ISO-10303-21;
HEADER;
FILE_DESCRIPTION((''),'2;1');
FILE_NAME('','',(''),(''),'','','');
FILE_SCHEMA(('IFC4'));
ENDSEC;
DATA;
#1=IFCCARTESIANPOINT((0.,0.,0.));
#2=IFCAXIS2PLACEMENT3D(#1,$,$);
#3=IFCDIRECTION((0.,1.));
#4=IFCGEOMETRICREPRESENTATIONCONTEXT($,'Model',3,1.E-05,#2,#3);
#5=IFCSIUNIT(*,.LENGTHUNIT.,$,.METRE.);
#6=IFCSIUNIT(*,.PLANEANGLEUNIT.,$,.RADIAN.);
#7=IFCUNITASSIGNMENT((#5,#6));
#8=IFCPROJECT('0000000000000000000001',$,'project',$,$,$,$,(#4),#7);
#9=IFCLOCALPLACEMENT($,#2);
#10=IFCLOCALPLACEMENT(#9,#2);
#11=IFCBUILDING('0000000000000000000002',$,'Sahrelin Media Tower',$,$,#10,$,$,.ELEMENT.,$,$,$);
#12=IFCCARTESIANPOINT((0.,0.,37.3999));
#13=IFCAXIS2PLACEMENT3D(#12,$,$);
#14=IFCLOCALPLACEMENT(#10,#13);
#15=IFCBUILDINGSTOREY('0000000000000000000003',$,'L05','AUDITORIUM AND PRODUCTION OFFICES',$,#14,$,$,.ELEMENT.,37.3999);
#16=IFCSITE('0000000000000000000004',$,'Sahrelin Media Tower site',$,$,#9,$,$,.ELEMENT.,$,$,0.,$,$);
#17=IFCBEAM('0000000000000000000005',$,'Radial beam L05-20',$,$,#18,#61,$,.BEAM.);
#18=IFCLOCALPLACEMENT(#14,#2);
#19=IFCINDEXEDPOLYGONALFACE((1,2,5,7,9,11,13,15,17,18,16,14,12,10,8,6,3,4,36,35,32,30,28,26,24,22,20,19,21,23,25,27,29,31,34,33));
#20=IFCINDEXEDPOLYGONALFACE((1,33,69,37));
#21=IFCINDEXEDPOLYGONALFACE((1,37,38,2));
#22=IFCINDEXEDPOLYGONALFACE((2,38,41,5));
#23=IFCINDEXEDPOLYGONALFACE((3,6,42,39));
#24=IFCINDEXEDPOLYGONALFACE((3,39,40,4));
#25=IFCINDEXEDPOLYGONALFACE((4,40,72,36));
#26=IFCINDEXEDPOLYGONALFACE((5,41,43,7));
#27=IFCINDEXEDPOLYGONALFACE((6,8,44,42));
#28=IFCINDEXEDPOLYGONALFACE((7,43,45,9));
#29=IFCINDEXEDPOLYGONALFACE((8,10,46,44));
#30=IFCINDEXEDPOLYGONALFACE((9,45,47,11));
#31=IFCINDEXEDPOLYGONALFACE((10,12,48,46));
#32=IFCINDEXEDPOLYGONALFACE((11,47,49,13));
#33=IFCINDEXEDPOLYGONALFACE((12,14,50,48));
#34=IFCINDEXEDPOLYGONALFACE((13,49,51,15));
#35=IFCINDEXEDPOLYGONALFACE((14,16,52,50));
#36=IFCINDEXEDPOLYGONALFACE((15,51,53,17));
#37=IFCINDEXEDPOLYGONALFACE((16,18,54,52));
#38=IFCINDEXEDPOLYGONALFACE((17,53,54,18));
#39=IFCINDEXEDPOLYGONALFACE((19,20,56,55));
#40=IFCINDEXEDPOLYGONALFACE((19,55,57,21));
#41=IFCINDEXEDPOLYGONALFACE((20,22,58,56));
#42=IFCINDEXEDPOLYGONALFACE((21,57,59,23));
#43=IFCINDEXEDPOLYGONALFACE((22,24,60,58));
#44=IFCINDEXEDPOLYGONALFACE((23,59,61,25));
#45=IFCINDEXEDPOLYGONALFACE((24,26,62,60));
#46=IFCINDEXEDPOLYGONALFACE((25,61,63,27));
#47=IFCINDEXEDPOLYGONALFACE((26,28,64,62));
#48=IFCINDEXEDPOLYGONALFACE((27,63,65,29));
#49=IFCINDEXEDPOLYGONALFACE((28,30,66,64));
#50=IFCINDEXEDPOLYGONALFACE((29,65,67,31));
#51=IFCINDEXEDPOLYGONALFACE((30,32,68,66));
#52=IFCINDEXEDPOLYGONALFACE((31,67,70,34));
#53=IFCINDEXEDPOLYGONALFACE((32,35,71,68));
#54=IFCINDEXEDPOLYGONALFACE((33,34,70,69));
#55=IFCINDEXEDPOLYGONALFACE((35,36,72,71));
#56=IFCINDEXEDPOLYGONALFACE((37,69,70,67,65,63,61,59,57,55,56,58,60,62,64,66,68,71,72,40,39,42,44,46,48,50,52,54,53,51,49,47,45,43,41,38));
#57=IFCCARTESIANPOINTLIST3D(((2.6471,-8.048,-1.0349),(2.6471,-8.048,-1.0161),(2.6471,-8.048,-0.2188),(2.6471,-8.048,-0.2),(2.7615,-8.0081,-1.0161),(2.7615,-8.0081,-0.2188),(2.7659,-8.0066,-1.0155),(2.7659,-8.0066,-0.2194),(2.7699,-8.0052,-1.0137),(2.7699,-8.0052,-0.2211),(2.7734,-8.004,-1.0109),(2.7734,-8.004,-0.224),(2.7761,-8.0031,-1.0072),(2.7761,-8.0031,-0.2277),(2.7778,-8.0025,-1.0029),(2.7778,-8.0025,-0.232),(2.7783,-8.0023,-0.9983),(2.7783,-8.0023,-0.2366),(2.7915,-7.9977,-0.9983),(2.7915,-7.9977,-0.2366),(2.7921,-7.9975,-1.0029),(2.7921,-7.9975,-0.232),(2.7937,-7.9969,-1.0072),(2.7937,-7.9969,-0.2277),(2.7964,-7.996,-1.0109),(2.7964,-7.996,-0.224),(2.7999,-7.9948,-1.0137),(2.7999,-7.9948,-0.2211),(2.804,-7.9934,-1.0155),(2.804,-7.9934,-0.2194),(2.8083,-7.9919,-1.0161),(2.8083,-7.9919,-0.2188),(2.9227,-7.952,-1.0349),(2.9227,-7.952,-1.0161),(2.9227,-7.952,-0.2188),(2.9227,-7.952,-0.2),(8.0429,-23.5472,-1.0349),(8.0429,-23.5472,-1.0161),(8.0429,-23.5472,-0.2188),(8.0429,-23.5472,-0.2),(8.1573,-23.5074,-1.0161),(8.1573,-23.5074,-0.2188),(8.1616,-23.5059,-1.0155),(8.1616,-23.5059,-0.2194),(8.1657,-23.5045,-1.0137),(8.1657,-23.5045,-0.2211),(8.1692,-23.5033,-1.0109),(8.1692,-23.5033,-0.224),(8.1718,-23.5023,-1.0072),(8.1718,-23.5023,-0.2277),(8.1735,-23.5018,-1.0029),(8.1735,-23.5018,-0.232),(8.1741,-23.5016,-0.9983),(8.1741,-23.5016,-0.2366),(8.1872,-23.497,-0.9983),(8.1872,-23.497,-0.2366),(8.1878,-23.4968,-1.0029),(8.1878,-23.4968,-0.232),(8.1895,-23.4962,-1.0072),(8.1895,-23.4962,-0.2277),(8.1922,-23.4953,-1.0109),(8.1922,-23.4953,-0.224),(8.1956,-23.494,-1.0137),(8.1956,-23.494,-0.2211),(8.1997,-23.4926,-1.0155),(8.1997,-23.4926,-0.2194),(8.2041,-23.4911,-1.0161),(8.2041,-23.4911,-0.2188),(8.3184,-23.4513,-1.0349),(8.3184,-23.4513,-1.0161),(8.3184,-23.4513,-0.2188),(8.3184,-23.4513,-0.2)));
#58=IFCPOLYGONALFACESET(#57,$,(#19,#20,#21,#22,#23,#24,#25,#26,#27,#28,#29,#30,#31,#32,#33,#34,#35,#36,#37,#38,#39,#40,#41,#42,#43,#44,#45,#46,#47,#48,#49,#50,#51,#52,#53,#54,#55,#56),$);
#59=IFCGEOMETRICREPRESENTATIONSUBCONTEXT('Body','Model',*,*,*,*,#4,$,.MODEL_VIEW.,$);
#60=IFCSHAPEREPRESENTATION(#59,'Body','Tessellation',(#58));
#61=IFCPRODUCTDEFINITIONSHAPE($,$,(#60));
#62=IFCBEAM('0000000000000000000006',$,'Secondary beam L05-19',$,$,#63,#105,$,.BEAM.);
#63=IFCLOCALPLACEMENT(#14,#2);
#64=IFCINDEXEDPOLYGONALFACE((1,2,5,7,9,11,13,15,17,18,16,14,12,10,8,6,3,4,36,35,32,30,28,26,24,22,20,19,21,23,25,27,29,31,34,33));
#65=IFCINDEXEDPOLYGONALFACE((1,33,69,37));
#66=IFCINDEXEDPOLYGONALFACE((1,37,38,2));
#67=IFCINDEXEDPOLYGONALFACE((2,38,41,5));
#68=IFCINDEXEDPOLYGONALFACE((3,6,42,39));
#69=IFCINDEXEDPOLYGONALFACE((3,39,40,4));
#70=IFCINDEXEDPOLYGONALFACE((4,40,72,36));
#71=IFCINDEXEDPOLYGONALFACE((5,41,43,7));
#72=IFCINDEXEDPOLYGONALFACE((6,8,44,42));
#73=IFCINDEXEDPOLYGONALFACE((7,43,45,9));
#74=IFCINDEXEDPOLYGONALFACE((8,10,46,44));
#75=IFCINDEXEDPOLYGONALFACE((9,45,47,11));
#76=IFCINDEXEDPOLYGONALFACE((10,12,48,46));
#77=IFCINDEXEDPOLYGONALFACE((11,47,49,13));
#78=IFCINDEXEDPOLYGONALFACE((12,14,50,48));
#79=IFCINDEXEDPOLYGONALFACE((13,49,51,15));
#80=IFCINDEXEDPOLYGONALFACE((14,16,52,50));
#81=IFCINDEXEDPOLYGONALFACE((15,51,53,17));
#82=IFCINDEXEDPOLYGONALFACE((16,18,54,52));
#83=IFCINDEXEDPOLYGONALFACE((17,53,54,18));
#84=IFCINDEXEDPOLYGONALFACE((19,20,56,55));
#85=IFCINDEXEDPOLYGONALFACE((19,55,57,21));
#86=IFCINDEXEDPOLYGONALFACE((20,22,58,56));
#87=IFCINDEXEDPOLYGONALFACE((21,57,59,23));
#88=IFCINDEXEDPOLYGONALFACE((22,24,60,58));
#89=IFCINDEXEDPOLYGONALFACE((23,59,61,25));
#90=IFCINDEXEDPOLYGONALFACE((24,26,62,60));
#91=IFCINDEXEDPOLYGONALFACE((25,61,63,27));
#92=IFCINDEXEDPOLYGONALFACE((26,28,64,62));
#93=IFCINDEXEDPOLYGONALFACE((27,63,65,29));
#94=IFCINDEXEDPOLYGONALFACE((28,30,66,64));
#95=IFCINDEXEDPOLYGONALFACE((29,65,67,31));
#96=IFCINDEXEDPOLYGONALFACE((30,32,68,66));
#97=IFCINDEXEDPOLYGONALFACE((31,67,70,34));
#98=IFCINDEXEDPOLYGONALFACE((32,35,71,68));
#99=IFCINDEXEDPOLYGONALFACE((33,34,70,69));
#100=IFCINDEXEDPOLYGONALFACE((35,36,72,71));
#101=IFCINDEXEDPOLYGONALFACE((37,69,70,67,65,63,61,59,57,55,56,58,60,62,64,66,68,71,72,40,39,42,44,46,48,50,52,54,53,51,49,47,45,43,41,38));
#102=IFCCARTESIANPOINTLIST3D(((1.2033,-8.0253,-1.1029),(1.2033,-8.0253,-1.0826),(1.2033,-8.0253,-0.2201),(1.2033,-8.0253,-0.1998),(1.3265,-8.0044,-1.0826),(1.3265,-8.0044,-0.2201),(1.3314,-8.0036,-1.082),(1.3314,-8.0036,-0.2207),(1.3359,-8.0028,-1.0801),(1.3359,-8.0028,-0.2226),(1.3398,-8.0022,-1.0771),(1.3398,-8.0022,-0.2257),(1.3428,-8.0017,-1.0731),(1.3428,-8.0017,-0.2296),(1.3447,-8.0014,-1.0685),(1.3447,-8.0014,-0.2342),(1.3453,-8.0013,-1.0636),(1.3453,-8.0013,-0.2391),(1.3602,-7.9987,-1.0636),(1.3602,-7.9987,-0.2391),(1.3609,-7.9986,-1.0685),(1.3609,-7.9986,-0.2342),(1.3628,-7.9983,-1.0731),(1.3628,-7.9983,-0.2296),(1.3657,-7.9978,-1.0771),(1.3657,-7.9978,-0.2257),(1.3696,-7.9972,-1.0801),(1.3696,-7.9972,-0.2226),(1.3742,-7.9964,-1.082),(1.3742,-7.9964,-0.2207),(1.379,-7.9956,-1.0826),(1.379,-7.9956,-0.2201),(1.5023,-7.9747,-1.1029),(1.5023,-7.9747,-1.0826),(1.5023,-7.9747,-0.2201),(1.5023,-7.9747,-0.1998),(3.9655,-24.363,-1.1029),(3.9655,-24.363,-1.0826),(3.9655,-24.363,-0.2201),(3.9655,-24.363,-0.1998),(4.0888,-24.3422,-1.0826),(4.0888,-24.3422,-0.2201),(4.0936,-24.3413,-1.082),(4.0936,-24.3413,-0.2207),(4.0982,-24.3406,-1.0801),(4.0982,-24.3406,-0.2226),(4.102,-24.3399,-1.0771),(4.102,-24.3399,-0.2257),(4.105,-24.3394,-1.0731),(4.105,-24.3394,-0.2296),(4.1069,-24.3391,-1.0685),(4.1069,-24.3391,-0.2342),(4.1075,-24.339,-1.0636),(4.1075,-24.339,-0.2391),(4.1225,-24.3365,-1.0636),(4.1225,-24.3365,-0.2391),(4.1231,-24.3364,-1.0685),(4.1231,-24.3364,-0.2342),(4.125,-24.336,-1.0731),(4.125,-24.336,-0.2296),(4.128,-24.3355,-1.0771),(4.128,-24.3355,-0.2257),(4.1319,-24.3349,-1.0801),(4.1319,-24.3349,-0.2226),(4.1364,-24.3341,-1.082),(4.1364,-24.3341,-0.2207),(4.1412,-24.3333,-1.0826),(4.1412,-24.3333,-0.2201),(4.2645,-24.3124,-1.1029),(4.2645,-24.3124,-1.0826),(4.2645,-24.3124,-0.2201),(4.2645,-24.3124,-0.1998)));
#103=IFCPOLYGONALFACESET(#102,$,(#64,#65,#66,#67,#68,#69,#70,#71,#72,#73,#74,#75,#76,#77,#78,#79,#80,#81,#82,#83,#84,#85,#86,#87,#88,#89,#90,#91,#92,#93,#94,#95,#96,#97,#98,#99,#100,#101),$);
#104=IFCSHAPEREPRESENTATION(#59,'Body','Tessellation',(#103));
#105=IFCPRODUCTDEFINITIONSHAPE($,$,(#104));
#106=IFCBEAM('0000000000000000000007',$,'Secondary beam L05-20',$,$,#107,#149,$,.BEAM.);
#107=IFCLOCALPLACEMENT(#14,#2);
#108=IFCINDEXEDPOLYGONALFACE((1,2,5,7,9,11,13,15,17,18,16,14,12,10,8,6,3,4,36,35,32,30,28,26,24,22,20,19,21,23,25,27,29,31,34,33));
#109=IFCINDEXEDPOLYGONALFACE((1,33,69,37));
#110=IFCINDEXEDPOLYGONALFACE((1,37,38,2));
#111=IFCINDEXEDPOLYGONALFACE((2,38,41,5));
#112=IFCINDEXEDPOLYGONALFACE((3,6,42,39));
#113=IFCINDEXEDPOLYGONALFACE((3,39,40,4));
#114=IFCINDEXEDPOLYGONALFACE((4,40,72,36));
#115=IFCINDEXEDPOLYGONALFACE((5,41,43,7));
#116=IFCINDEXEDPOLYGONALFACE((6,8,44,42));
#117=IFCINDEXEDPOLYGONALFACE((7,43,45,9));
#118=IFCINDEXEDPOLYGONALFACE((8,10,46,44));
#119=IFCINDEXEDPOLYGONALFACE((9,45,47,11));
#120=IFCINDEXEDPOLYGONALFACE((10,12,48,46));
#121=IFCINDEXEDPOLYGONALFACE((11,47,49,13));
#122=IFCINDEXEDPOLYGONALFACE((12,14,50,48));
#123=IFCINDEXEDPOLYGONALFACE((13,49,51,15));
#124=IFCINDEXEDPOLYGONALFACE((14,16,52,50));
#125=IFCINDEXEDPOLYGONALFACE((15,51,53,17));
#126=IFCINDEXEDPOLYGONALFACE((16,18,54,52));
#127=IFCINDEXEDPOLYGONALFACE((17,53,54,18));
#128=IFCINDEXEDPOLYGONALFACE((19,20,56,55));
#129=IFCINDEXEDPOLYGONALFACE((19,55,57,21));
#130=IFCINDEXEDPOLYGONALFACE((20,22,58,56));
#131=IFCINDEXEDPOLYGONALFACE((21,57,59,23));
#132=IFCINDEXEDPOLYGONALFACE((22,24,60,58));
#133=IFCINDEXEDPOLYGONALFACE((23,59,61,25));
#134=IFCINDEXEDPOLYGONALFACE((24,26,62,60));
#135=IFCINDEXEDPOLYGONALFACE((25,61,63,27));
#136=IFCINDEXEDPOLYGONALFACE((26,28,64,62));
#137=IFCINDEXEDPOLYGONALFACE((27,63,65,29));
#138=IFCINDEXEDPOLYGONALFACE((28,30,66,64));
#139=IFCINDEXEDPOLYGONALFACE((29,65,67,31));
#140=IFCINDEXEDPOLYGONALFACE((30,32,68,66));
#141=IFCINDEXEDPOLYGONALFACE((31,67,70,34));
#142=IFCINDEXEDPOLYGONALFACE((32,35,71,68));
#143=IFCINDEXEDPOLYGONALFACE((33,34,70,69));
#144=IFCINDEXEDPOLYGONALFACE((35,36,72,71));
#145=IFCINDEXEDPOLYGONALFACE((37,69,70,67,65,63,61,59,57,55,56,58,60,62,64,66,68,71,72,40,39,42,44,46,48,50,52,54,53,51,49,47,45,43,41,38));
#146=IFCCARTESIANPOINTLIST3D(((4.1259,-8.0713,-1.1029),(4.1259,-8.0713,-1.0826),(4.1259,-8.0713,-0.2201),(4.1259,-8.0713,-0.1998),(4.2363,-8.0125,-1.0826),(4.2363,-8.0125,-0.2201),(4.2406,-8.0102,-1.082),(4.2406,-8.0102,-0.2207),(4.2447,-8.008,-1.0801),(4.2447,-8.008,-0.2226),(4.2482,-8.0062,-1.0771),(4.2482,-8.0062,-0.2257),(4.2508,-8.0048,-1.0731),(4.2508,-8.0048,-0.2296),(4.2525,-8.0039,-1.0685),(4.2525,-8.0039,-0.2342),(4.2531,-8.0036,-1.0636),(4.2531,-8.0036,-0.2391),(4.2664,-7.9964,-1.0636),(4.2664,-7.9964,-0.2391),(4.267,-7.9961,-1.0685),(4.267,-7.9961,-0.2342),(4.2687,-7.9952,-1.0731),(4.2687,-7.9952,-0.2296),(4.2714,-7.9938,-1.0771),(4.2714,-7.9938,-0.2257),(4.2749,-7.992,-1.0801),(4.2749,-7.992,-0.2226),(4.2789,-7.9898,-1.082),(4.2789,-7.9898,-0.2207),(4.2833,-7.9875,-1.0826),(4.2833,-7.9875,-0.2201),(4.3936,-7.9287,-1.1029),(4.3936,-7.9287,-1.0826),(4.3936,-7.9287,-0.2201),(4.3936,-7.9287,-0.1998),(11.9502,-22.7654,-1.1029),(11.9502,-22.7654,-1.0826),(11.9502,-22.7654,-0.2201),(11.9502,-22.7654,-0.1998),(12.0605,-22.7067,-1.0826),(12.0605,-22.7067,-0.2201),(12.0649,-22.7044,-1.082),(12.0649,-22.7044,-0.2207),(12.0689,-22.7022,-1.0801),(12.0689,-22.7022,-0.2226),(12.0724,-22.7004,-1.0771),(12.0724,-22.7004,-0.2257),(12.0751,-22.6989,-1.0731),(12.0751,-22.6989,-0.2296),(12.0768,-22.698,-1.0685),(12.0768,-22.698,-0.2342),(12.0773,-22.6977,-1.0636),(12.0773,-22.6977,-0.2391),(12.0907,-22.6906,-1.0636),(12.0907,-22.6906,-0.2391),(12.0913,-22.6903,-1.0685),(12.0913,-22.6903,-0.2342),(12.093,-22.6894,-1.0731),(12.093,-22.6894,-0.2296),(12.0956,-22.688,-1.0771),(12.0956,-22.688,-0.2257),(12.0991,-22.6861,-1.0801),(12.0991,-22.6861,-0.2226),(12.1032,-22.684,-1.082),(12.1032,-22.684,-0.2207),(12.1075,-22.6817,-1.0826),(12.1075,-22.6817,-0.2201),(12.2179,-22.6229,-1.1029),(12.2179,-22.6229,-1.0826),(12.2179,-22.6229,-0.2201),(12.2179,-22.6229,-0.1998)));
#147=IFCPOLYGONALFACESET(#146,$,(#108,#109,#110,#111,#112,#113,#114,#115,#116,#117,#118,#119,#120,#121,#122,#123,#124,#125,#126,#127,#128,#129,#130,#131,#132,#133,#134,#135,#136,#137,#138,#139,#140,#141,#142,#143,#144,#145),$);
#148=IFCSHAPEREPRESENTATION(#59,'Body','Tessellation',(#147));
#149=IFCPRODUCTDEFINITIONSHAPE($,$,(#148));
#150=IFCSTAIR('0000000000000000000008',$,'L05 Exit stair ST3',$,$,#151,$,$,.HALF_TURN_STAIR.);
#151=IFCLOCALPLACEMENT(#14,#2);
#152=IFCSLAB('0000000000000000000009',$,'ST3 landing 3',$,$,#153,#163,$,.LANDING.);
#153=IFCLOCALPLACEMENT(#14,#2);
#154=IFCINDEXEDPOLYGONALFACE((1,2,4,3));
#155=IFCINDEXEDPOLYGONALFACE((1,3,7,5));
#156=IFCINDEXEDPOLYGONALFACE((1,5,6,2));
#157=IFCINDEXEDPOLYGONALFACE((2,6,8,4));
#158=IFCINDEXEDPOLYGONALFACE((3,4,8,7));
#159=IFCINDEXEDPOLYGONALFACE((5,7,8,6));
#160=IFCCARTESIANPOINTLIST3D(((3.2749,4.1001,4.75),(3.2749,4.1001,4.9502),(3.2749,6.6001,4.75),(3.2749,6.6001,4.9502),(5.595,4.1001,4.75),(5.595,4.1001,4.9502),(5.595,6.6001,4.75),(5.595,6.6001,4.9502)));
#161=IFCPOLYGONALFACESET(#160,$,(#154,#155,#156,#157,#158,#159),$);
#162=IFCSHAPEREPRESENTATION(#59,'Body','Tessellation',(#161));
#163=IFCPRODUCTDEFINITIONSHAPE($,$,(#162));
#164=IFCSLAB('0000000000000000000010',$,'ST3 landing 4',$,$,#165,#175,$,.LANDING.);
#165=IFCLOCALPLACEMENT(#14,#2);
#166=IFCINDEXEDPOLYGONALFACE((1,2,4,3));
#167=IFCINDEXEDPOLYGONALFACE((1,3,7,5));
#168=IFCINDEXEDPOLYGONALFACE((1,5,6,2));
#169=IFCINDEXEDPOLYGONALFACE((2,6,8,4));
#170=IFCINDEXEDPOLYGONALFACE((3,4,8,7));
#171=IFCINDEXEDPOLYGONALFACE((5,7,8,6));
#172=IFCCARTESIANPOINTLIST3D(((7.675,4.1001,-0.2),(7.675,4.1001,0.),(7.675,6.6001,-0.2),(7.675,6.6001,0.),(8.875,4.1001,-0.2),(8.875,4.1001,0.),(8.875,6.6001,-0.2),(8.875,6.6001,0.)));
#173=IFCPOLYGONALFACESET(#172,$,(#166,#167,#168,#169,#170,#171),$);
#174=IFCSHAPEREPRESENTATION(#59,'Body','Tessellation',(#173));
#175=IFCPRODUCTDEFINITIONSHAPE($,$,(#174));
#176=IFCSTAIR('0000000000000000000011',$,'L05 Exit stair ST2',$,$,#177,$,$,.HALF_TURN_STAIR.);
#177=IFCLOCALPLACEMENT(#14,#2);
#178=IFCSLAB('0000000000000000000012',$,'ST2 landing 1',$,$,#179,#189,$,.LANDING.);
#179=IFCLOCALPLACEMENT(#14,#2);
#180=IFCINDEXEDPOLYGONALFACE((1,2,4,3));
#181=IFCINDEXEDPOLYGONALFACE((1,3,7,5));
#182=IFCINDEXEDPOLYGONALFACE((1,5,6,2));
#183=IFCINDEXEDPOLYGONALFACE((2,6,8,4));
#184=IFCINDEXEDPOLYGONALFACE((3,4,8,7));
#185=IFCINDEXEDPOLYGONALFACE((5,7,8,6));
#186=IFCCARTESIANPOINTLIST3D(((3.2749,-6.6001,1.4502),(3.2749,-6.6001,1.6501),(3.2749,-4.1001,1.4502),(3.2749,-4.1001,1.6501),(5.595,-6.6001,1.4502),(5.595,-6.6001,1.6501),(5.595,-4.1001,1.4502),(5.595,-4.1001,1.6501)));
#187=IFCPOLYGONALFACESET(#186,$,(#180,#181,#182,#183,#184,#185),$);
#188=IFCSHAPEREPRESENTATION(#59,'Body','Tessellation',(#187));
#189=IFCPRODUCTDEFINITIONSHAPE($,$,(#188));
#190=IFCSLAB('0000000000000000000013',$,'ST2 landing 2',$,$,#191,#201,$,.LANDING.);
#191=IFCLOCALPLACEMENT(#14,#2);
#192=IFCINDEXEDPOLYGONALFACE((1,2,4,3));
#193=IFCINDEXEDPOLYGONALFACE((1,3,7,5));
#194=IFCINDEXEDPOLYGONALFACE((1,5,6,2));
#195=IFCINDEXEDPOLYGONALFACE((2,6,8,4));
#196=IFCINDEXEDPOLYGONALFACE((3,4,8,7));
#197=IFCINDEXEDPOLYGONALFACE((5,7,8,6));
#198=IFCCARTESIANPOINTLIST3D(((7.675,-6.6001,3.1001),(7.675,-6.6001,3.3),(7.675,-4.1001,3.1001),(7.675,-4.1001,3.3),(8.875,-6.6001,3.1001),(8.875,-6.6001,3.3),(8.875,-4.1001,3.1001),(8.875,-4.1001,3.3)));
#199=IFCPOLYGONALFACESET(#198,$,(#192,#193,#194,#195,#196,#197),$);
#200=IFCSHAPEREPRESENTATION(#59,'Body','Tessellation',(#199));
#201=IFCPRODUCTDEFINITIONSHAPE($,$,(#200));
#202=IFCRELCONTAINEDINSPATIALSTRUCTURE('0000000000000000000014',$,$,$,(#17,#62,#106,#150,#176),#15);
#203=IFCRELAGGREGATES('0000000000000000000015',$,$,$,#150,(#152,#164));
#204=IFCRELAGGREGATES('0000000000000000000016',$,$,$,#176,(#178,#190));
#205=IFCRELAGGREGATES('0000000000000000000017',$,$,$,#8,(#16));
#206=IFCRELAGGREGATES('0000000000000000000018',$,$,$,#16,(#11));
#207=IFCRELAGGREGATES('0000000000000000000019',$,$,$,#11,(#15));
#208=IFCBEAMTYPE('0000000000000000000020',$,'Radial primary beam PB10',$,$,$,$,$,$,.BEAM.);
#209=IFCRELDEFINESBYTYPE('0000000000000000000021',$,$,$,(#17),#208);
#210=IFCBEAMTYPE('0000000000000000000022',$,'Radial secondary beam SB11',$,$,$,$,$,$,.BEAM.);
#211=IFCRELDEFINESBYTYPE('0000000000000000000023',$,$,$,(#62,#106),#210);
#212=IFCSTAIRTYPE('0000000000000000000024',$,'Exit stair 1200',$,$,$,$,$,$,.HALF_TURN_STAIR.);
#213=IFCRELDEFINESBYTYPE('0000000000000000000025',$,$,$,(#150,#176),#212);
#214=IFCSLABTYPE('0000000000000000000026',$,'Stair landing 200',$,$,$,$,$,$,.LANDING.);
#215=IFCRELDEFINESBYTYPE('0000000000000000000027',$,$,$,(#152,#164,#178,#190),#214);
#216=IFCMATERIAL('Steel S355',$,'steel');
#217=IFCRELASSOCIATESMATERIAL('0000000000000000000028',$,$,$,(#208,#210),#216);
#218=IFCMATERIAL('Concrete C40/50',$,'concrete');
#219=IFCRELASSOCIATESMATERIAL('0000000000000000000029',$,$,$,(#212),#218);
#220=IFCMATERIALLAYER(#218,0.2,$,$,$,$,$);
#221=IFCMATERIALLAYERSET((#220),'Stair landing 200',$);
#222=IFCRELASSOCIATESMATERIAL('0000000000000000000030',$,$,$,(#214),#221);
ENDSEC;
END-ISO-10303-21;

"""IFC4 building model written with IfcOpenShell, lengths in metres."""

from ifc_helpers import new_model, si_unit, direction, frame, origin, origin_2d, place, context, subcontext, project, spatial, polyline, i_section, outline, extrude, material, layer, layer_set, material_profile, profile_set, type_object, element, aggregate, save


model = new_model("IFC4")

# Units and contexts
model_context = context("Model", 3, precision=1e-05, world=origin(), true_north=direction((0.0, 1.0)))
body_context = subcontext(model_context, "Body", "Model", "MODEL_VIEW")
ifc_project = project(units=[si_unit("LENGTHUNIT", "METRE"), si_unit("PLANEANGLEUNIT", "RADIAN")], contexts=[model_context])

# Site, building, storey
site_placement = place(None, origin())
site = spatial("IfcSite", under=ifc_project, at=site_placement, Name="Sahrelin Media Tower site", CompositionType="ELEMENT", RefElevation=0.0)
building_placement = place(site_placement, origin())
building = spatial("IfcBuilding", under=site, at=building_placement, Name="Sahrelin Media Tower", CompositionType="ELEMENT")
storey_placement = place(building_placement, frame((0.0, 0.0, 37.3999)))
storey = spatial("IfcBuildingStorey", under=building, at=storey_placement, Name="L05", Description="AUDITORIUM AND PRODUCTION OFFICES", CompositionType="ELEMENT", Elevation=37.3999)

# Beams
ifc_material_1 = material(Name="Steel S355", Category="steel")
ifc_material_profile_1 = material_profile(ifc_material_1, i_section(OverallWidth=0.2917, OverallDepth=0.835, WebThickness=0.0139, FlangeThickness=0.0188, FilletRadius=0.0178, at=origin_2d()), Name="UB 838x292x176")
ifc_profile_set_1 = profile_set([ifc_material_profile_1], Name="Steel S355")
beam_type_1 = type_object("IfcBeamType", Name="Radial primary beam PB10", PredefinedType="BEAM", material=ifc_profile_set_1)
beam_1_placement = place(storey_placement, frame((2.7849, -8.0, -0.6174), z_axis=(0.328776, -0.944408, 0.0), x_axis=(0.944408, 0.328776, 0.0)))
element("IfcBeam", 1, at=beam_1_placement, inside=storey, type_object=beam_type_1, Name="Radial beam L05-20", PredefinedType="BEAM", context=body_context, shape_type="SweptSolid", body=[
    extrude(i_section(OverallWidth=0.2917, OverallDepth=0.835, WebThickness=0.0139, FlangeThickness=0.0188, FilletRadius=0.0178, at=origin_2d()), origin(), (0.0, 0.0, 1.0), 16.4116),
])
ifc_material_profile_2 = material_profile(ifc_material_1, i_section(OverallWidth=0.3032, OverallDepth=0.9031, WebThickness=0.0151, FlangeThickness=0.0203, FilletRadius=0.019, at=origin_2d()), Name="UB 914x305x201")
ifc_profile_set_2 = profile_set([ifc_material_profile_2], Name="Steel S355")
beam_type_2 = type_object("IfcBeamType", Name="Radial secondary beam SB11", PredefinedType="BEAM", material=ifc_profile_set_2)
beam_2_placement = place(storey_placement, frame((1.3528, -8.0, -0.6514), z_axis=(0.166704, -0.986007, 0.0), x_axis=(0.986007, 0.166704, 0.0)))
element("IfcBeam", 2, at=beam_2_placement, inside=storey, type_object=beam_type_2, Name="Secondary beam L05-19", PredefinedType="BEAM", context=body_context, shape_type="SweptSolid", body=[
    extrude(i_section(OverallWidth=0.3032, OverallDepth=0.9031, WebThickness=0.0151, FlangeThickness=0.0203, FilletRadius=0.019, at=origin_2d()), origin(), (0.0, 0.0, 1.0), 16.5696),
])
beam_3_placement = place(storey_placement, frame((4.2598, -8.0, -0.6514), z_axis=(0.469997, -0.882668, 0.0), x_axis=(0.882668, 0.469997, 0.0)))
element("IfcBeam", 3, at=beam_3_placement, inside=storey, type_object=beam_type_2, Name="Secondary beam L05-20", PredefinedType="BEAM", context=body_context, shape_type="SweptSolid", body=[
    extrude(i_section(OverallWidth=0.3032, OverallDepth=0.9031, WebThickness=0.0151, FlangeThickness=0.0203, FilletRadius=0.019, at=origin_2d()), origin(), (0.0, 0.0, 1.0), 16.6475),
])

# Stairs, slabs
ifc_material_2 = material(Name="Concrete C40/50", Category="concrete")
stair_type = type_object("IfcStairType", Name="Exit stair 1200", PredefinedType="HALF_TURN_STAIR", material=ifc_material_2)
placement_1 = place(storey_placement, origin())
stair_1 = element("IfcStair", 4, at=placement_1, inside=storey, type_object=stair_type, Name="L05 Exit stair ST3", PredefinedType="HALF_TURN_STAIR")
ifc_layer_1 = layer(ifc_material_2, 0.2)
ifc_layer_set_1 = layer_set([ifc_layer_1], Name="Stair landing 200")
slab_type = type_object("IfcSlabType", Name="Stair landing 200", PredefinedType="LANDING", material=ifc_layer_set_1)
placement_2 = place(storey_placement, frame((0.0, 0.0, 4.75)))
slab_1 = element("IfcSlab", 5, at=placement_2, type_object=slab_type, Name="ST3 landing 3", PredefinedType="LANDING", context=body_context, shape_type="SweptSolid", body=[
    extrude(outline(polyline([(5.595, 6.6001), (3.2749, 6.6001), (3.2749, 4.1001), (5.595, 4.1001), (5.595, 6.6001)])), origin(), (0.0, 0.0, 1.0), 0.2002),
])
placement_3 = place(storey_placement, frame((0.0, 0.0, -0.2)))
slab_2 = element("IfcSlab", 6, at=placement_3, type_object=slab_type, Name="ST3 landing 4", PredefinedType="LANDING", context=body_context, shape_type="SweptSolid", body=[
    extrude(outline(polyline([(8.875, 6.6001), (7.675, 6.6001), (7.675, 4.1001), (8.875, 4.1001), (8.875, 6.6001)])), origin(), (0.0, 0.0, 1.0), 0.2),
])
aggregate(stair_1, [slab_1, slab_2])
stair_2 = element("IfcStair", 7, at=placement_1, inside=storey, type_object=stair_type, Name="L05 Exit stair ST2", PredefinedType="HALF_TURN_STAIR")
slab_3_placement = place(storey_placement, frame((0.0, 0.0, 1.4502)))
slab_3 = element("IfcSlab", 8, at=slab_3_placement, type_object=slab_type, Name="ST2 landing 1", PredefinedType="LANDING", context=body_context, shape_type="SweptSolid", body=[
    extrude(outline(polyline([(5.595, -4.1001), (3.2749, -4.1001), (3.2749, -6.6001), (5.595, -6.6001), (5.595, -4.1001)])), origin(), (0.0, 0.0, 1.0), 0.2),
])
slab_4_placement = place(storey_placement, frame((0.0, 0.0, 3.1001)))
slab_4 = element("IfcSlab", 9, at=slab_4_placement, type_object=slab_type, Name="ST2 landing 2", PredefinedType="LANDING", context=body_context, shape_type="SweptSolid", body=[
    extrude(outline(polyline([(8.875, -4.1001), (7.675, -4.1001), (7.675, -6.6001), (8.875, -6.6001), (8.875, -4.1001)])), origin(), (0.0, 0.0, 1.0), 0.2),
])
aggregate(stair_2, [slab_3, slab_4])

save(model, "model.ifc")
